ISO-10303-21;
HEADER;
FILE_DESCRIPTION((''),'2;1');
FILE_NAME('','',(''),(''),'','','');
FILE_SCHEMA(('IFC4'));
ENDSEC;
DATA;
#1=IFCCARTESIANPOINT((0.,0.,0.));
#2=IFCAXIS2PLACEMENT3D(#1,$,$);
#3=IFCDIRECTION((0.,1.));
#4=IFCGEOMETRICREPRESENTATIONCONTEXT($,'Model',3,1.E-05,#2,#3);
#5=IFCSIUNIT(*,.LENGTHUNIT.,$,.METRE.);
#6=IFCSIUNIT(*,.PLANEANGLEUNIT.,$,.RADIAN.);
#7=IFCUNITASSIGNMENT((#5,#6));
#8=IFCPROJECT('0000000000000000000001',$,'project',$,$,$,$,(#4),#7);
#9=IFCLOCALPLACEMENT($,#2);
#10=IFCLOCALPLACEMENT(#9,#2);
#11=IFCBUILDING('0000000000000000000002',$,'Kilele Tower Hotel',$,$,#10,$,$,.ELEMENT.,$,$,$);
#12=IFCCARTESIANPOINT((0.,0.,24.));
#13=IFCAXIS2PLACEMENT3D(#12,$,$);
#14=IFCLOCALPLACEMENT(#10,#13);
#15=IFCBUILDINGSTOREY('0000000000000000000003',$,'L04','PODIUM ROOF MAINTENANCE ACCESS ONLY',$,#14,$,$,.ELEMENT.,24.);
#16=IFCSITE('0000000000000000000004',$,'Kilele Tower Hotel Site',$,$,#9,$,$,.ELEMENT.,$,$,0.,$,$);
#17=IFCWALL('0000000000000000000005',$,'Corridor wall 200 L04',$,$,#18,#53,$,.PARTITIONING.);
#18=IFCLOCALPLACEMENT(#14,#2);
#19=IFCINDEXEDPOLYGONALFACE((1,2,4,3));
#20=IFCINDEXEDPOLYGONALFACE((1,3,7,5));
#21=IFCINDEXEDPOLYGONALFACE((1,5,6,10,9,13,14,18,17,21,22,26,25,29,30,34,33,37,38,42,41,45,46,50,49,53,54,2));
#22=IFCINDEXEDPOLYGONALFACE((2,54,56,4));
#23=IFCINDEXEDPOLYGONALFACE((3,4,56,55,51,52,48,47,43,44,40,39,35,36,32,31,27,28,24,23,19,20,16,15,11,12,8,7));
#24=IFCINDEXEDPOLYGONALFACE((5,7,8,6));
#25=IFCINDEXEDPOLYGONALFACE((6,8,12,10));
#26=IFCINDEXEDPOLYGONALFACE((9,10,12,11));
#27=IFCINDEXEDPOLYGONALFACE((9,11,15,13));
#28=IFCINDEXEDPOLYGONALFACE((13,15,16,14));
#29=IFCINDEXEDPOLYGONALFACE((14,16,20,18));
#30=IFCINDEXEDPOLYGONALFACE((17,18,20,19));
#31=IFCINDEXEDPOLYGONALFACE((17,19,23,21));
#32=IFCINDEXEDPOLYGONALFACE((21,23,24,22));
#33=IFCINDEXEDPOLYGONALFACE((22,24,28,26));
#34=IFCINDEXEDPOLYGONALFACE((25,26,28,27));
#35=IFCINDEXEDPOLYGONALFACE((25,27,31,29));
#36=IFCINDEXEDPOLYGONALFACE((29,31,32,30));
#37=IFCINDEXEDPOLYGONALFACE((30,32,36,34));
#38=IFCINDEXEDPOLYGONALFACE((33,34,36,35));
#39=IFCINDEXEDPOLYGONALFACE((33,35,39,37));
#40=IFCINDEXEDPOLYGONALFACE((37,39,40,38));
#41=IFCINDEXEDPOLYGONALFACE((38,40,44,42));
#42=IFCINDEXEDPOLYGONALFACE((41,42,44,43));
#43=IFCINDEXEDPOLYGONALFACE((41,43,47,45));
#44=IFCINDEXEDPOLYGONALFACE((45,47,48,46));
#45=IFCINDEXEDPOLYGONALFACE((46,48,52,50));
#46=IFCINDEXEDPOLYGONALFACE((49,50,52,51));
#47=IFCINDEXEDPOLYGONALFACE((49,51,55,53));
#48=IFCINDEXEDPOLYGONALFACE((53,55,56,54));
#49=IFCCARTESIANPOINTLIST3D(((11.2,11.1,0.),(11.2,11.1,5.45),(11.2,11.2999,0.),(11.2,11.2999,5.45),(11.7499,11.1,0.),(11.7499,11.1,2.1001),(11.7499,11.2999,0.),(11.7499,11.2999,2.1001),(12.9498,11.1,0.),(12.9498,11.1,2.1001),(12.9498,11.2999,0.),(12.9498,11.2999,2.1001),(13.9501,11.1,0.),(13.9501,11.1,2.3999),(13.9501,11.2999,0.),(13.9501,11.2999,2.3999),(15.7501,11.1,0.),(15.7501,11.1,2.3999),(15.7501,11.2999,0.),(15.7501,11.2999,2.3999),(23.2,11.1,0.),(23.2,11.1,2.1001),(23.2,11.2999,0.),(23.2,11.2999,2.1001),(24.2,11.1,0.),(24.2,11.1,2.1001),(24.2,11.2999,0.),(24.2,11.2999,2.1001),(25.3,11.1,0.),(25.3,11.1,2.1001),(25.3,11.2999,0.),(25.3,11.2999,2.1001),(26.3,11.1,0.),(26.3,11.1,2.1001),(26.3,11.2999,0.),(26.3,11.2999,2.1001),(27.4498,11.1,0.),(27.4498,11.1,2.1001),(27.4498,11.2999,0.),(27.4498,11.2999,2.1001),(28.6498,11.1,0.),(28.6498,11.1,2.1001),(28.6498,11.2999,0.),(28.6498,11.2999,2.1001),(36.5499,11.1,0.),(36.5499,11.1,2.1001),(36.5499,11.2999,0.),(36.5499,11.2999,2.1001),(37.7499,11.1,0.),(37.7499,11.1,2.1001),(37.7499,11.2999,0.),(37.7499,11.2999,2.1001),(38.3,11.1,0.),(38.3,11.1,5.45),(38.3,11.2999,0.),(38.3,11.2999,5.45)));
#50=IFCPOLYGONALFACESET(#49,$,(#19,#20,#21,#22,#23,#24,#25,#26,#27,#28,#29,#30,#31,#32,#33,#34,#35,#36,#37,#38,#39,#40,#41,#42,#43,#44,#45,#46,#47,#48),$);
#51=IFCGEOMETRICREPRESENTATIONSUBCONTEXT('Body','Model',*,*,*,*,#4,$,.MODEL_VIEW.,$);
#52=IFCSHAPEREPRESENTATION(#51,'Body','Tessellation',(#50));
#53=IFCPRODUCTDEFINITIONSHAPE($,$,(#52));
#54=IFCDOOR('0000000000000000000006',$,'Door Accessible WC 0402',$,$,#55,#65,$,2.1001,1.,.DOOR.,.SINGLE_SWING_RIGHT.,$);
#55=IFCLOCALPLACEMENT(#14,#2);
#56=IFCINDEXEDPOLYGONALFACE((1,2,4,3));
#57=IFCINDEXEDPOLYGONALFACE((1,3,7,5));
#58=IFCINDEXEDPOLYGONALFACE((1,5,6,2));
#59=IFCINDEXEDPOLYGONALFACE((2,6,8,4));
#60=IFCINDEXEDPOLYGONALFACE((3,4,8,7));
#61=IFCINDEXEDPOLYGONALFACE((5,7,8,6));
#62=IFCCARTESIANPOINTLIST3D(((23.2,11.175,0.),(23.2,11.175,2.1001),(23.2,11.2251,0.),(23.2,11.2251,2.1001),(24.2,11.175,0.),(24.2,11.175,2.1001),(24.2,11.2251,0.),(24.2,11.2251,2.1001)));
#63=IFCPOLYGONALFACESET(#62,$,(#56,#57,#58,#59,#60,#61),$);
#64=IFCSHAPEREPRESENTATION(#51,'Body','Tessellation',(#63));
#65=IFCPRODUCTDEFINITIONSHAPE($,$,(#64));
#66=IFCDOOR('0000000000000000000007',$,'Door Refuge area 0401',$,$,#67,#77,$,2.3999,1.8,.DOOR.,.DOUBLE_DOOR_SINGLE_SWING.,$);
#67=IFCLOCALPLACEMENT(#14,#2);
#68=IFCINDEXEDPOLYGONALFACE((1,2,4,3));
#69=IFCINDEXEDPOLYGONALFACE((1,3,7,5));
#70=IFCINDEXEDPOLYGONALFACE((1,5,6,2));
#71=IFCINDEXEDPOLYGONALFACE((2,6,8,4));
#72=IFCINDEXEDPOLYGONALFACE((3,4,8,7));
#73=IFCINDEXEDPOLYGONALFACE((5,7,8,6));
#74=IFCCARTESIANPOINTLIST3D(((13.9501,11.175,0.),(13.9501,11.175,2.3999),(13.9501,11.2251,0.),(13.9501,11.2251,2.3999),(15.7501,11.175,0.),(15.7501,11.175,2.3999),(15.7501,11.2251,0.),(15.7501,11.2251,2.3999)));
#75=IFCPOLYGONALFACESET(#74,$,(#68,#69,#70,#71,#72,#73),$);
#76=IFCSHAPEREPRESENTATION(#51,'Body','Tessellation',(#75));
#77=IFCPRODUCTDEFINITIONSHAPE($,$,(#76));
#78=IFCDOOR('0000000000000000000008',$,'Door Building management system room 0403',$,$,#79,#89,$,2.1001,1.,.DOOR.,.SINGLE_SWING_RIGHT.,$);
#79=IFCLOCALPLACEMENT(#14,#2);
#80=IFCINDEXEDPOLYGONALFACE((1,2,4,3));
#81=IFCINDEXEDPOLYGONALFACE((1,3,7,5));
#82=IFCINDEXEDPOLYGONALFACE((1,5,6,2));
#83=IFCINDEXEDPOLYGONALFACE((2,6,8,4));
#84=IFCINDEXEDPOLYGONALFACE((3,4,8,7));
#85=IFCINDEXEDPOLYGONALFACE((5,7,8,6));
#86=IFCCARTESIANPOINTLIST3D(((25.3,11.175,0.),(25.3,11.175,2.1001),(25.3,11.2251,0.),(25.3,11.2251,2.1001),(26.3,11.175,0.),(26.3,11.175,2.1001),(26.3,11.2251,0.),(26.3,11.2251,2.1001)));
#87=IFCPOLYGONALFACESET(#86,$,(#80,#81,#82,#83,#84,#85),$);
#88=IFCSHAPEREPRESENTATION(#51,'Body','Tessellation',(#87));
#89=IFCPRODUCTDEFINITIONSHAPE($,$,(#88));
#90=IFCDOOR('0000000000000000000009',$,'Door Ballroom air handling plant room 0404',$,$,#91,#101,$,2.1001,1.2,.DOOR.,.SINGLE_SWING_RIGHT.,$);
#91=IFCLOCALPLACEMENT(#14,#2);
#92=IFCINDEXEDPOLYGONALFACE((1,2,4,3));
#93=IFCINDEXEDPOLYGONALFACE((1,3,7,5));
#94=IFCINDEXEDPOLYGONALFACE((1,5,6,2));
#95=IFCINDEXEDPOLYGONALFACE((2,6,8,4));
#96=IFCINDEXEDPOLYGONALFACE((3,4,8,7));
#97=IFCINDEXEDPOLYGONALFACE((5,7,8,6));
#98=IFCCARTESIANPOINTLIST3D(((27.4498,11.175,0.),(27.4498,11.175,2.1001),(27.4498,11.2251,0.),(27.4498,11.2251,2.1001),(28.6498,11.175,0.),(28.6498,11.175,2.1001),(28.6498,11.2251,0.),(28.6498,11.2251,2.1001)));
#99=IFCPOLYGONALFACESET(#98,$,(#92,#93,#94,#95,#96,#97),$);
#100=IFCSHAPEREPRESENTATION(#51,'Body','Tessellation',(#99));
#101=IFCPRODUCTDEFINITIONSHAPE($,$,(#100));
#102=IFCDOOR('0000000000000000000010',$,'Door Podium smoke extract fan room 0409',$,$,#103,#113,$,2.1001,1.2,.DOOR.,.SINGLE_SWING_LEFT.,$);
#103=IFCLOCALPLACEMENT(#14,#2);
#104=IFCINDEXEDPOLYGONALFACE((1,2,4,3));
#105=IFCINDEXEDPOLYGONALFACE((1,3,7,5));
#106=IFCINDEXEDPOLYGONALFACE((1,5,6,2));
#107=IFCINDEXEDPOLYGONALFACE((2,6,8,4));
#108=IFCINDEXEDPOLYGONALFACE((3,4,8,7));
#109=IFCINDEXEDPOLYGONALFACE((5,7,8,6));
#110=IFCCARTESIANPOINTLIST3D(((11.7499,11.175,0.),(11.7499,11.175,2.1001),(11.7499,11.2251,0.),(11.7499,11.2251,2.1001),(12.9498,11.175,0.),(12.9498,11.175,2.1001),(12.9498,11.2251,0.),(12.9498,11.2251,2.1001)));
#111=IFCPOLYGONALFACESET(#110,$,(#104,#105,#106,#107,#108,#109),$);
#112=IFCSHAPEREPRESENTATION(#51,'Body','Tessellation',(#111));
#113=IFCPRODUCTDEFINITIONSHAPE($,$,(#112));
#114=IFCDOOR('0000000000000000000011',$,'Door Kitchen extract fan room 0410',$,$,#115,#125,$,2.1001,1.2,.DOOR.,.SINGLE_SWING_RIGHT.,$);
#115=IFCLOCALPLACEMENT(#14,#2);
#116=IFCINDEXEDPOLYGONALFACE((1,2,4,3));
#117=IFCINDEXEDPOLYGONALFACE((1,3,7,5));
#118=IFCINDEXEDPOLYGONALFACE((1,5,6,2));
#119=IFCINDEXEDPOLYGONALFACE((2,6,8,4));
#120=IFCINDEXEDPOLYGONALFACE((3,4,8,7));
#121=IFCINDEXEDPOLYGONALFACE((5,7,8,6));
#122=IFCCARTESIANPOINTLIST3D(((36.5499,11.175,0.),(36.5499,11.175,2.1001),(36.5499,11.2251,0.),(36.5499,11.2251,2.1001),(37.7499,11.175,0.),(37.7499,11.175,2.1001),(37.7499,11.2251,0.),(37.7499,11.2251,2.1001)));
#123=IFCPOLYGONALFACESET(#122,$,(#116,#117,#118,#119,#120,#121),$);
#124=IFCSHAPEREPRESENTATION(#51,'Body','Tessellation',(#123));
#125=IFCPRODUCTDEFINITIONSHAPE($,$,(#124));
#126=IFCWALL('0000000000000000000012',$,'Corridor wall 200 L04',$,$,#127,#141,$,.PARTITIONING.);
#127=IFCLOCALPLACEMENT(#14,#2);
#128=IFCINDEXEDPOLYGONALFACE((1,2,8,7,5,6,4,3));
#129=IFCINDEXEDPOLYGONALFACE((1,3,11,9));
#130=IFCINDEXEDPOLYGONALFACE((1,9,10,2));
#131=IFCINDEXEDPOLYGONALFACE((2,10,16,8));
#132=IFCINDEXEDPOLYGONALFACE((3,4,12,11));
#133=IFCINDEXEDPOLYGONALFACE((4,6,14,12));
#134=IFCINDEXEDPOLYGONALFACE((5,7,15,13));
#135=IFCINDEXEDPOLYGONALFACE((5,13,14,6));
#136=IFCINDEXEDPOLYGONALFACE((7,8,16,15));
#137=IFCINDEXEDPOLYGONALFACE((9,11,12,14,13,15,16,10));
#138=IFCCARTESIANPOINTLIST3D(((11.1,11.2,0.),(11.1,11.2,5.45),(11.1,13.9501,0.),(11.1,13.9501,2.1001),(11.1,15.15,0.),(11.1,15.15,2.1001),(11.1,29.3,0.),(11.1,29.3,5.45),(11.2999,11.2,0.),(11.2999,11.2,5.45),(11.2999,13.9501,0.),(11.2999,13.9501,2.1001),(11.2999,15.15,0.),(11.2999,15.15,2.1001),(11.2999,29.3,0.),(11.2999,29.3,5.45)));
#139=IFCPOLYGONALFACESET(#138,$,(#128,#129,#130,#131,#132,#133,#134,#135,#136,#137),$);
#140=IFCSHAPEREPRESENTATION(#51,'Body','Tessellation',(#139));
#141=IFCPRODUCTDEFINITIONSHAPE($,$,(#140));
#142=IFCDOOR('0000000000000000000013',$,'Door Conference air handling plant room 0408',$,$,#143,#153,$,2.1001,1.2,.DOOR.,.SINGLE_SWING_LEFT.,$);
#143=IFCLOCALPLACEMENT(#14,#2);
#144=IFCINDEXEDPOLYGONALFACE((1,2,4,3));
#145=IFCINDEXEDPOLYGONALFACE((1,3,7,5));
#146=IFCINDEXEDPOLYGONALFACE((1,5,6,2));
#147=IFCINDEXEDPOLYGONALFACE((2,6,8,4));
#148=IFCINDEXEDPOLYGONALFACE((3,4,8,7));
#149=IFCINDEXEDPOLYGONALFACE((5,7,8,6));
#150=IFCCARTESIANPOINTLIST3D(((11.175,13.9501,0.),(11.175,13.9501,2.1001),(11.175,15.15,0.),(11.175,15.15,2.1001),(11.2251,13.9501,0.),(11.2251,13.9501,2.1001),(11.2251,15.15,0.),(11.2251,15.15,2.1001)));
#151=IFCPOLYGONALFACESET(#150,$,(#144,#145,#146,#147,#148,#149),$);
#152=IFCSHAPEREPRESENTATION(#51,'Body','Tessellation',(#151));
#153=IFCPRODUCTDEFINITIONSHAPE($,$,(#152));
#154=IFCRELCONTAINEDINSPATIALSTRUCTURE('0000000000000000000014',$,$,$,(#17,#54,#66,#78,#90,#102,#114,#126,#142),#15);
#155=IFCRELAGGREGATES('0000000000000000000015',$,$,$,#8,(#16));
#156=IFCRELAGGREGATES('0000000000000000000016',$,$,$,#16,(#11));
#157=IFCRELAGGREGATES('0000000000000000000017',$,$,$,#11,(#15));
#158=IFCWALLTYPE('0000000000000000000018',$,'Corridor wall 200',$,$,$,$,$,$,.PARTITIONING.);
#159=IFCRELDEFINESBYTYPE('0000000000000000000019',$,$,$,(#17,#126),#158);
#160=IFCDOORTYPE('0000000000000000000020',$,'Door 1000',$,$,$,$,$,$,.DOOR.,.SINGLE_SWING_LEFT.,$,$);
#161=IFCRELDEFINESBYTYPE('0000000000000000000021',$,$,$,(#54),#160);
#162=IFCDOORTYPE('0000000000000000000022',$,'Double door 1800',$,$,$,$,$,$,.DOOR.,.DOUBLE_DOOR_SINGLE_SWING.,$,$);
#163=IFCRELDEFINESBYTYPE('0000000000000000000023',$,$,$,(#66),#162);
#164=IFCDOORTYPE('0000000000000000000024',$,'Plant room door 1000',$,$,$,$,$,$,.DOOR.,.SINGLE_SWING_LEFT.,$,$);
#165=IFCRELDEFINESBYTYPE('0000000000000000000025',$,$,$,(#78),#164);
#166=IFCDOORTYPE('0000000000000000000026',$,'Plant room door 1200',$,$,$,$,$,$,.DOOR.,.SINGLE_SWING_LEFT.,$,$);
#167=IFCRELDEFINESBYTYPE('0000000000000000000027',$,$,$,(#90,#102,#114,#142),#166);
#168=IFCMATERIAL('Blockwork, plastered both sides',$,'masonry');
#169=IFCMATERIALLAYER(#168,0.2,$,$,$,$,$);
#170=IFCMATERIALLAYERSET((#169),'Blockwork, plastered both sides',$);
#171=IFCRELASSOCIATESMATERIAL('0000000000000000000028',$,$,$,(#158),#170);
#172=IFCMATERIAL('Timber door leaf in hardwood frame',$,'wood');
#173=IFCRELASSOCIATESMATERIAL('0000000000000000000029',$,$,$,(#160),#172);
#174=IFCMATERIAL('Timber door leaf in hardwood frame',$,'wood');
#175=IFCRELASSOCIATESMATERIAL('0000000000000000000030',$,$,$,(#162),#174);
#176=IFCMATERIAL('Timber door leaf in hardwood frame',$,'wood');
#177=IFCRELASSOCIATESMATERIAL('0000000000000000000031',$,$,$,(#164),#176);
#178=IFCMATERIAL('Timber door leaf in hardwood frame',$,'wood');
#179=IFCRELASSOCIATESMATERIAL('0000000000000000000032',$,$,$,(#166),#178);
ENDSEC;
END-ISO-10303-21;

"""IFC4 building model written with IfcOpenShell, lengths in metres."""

from ifc_helpers import new_model, si_unit, direction, frame, frame_2d, origin, place, context, subcontext, project, spatial, rectangle, extrude, material, layer, layer_set, type_object, element, fill, save


model = new_model("IFC4")

# Units and contexts
model_context = context("Model", 3, precision=1e-05, world=origin(), true_north=direction((0.0, 1.0)))
body_context = subcontext(model_context, "Body", "Model", "MODEL_VIEW")
ifc_project = project(units=[si_unit("LENGTHUNIT", "METRE"), si_unit("PLANEANGLEUNIT", "RADIAN")], contexts=[model_context])

# Site, building, storey
site_placement = place(None, origin())
site = spatial("IfcSite", under=ifc_project, at=site_placement, Name="Kilele Tower Hotel Site", CompositionType="ELEMENT", RefElevation=0.0)
building_placement = place(site_placement, origin())
building = spatial("IfcBuilding", under=site, at=building_placement, Name="Kilele Tower Hotel", CompositionType="ELEMENT")
storey_placement = place(building_placement, frame((0.0, 0.0, 24.0)))
storey = spatial("IfcBuildingStorey", under=building, at=storey_placement, Name="L04", Description="PODIUM ROOF MAINTENANCE ACCESS ONLY", CompositionType="ELEMENT", Elevation=24.0)

# Wall, openings, doors
ifc_material_1 = material(Name="Blockwork, plastered both sides", Category="masonry")
ifc_layer_1 = layer(ifc_material_1, 0.2)
ifc_layer_set_1 = layer_set([ifc_layer_1], Name="Blockwork, plastered both sides")
wall_type_1 = type_object("IfcWallType", Name="Corridor wall 200", PredefinedType="PARTITIONING", material=ifc_layer_set_1)
wall_1_placement = place(storey_placement, frame((11.2, 11.2, 0.0), z_axis=(0.0, 0.0, 1.0), x_axis=(1.0, 0.0, 0.0)))
wall_1 = element("IfcWall", 1, at=wall_1_placement, inside=storey, type_object=wall_type_1, Name="Corridor wall 200 L04", PredefinedType="PARTITIONING", context=body_context, shape_type="SweptSolid", body=[
    extrude(rectangle(XDim=27.1001, YDim=0.2, at=frame_2d((13.55, 0.0))), origin(), (0.0, 0.0, 1.0), 5.45),
])
opening_1_placement = place(wall_1_placement, frame((4.55, 0.0, 0.0), z_axis=(0.0, 0.0, 1.0), x_axis=(-1.0, 0.0, 0.0)))
opening_1 = element("IfcOpeningElement", 2, at=opening_1_placement, cuts=wall_1, PredefinedType="OPENING", context=body_context, shape_type="SweptSolid", body=[
    extrude(rectangle(XDim=1.8, YDim=2.3999, at=frame_2d((0.8999, 1.2))), frame((0.0, 0.1099, 0.0), z_axis=(0.0, -1.0, 0.0), x_axis=(1.0, 0.0, 0.0)), (0.0, 0.0, 1.0), 0.22),
])
opening_2_placement = place(wall_1_placement, frame((13.0, 0.0, 0.0), z_axis=(0.0, 0.0, 1.0), x_axis=(-1.0, 0.0, 0.0)))
opening_2 = element("IfcOpeningElement", 3, at=opening_2_placement, cuts=wall_1, PredefinedType="OPENING", context=body_context, shape_type="SweptSolid", body=[
    extrude(rectangle(XDim=1.0, YDim=2.1001, at=frame_2d((0.5, 1.05))), frame((0.0, 0.1099, 0.0), z_axis=(0.0, -1.0, 0.0), x_axis=(1.0, 0.0, 0.0)), (0.0, 0.0, 1.0), 0.22),
])
opening_3_placement = place(wall_1_placement, frame((15.1001, 0.0, 0.0), z_axis=(0.0, 0.0, 1.0), x_axis=(-1.0, 0.0, 0.0)))
opening_3 = element("IfcOpeningElement", 4, at=opening_3_placement, cuts=wall_1, PredefinedType="OPENING", context=body_context, shape_type="SweptSolid", body=[
    extrude(rectangle(XDim=1.0, YDim=2.1001, at=frame_2d((0.5, 1.05))), frame((0.0, 0.1099, 0.0), z_axis=(0.0, -1.0, 0.0), x_axis=(1.0, 0.0, 0.0)), (0.0, 0.0, 1.0), 0.22),
])
opening_4_placement = place(wall_1_placement, frame((17.45, 0.0, 0.0), z_axis=(0.0, 0.0, 1.0), x_axis=(-1.0, 0.0, 0.0)))
opening_4 = element("IfcOpeningElement", 5, at=opening_4_placement, cuts=wall_1, PredefinedType="OPENING", context=body_context, shape_type="SweptSolid", body=[
    extrude(rectangle(XDim=1.2, YDim=2.1001, at=frame_2d((0.6001, 1.05))), frame((0.0, 0.1099, 0.0), z_axis=(0.0, -1.0, 0.0), x_axis=(1.0, 0.0, 0.0)), (0.0, 0.0, 1.0), 0.22),
])
opening_5_placement = place(wall_1_placement, frame((1.75, 0.0, 0.0), z_axis=(0.0, 0.0, 1.0), x_axis=(-1.0, 0.0, 0.0)))
opening_5 = element("IfcOpeningElement", 6, at=opening_5_placement, cuts=wall_1, PredefinedType="OPENING", context=body_context, shape_type="SweptSolid", body=[
    extrude(rectangle(XDim=1.2, YDim=2.1001, at=frame_2d((0.6001, 1.05))), frame((0.0, 0.1099, 0.0), z_axis=(0.0, -1.0, 0.0), x_axis=(1.0, 0.0, 0.0)), (0.0, 0.0, 1.0), 0.22),
])
opening_6_placement = place(wall_1_placement, frame((26.55, 0.0, 0.0), z_axis=(0.0, 0.0, 1.0), x_axis=(-1.0, 0.0, 0.0)))
opening_6 = element("IfcOpeningElement", 7, at=opening_6_placement, cuts=wall_1, PredefinedType="OPENING", context=body_context, shape_type="SweptSolid", body=[
    extrude(rectangle(XDim=1.2, YDim=2.1001, at=frame_2d((0.6001, 1.05))), frame((0.0, 0.1099, 0.0), z_axis=(0.0, -1.0, 0.0), x_axis=(1.0, 0.0, 0.0)), (0.0, 0.0, 1.0), 0.22),
])
ifc_material_2 = material(Name="Timber door leaf in hardwood frame", Category="wood")
door_type_1 = type_object("IfcDoorType", Name="Door 1000", OperationType="SINGLE_SWING_LEFT", PredefinedType="DOOR", material=ifc_material_2)
door_1_placement = place(opening_2_placement, origin())
door_1 = element("IfcDoor", 8, at=door_1_placement, inside=storey, type_object=door_type_1, Name="Door Accessible WC 0402", OperationType="SINGLE_SWING_RIGHT", OverallHeight=2.1001, OverallWidth=1.0, PredefinedType="DOOR", context=body_context, shape_type="SweptSolid", body=[
    extrude(rectangle(XDim=1.0, YDim=2.1001, at=frame_2d((0.5, 1.05))), frame((0.0, 0.0249, 0.0), z_axis=(0.0, -1.0, 0.0), x_axis=(1.0, 0.0, 0.0)), (0.0, 0.0, 1.0), 0.05),
])
fill(opening_2, door_1)
ifc_material_3 = material(Name="Timber door leaf in hardwood frame", Category="wood")
door_type_2 = type_object("IfcDoorType", Name="Double door 1800", OperationType="DOUBLE_DOOR_SINGLE_SWING", PredefinedType="DOOR", material=ifc_material_3)
door_2_placement = place(opening_1_placement, origin())
door_2 = element("IfcDoor", 9, at=door_2_placement, inside=storey, type_object=door_type_2, Name="Door Refuge area 0401", OperationType="DOUBLE_DOOR_SINGLE_SWING", OverallHeight=2.3999, OverallWidth=1.8, PredefinedType="DOOR", context=body_context, shape_type="SweptSolid", body=[
    extrude(rectangle(XDim=1.8, YDim=2.3999, at=frame_2d((0.8999, 1.2))), frame((0.0, 0.0249, 0.0), z_axis=(0.0, -1.0, 0.0), x_axis=(1.0, 0.0, 0.0)), (0.0, 0.0, 1.0), 0.05),
])
fill(opening_1, door_2)
ifc_material_4 = material(Name="Timber door leaf in hardwood frame", Category="wood")
door_type_3 = type_object("IfcDoorType", Name="Plant room door 1000", OperationType="SINGLE_SWING_LEFT", PredefinedType="DOOR", material=ifc_material_4)
door_3_placement = place(opening_3_placement, origin())
door_3 = element("IfcDoor", 10, at=door_3_placement, inside=storey, type_object=door_type_3, Name="Door Building management system room 0403", OperationType="SINGLE_SWING_RIGHT", OverallHeight=2.1001, OverallWidth=1.0, PredefinedType="DOOR", context=body_context, shape_type="SweptSolid", body=[
    extrude(rectangle(XDim=1.0, YDim=2.1001, at=frame_2d((0.5, 1.05))), frame((0.0, 0.0249, 0.0), z_axis=(0.0, -1.0, 0.0), x_axis=(1.0, 0.0, 0.0)), (0.0, 0.0, 1.0), 0.05),
])
fill(opening_3, door_3)
ifc_material_5 = material(Name="Timber door leaf in hardwood frame", Category="wood")
door_type_4 = type_object("IfcDoorType", Name="Plant room door 1200", OperationType="SINGLE_SWING_LEFT", PredefinedType="DOOR", material=ifc_material_5)
door_4_placement = place(opening_4_placement, origin())
door_4 = element("IfcDoor", 11, at=door_4_placement, inside=storey, type_object=door_type_4, Name="Door Ballroom air handling plant room 0404", OperationType="SINGLE_SWING_RIGHT", OverallHeight=2.1001, OverallWidth=1.2, PredefinedType="DOOR", context=body_context, shape_type="SweptSolid", body=[
    extrude(rectangle(XDim=1.2, YDim=2.1001, at=frame_2d((0.6001, 1.05))), frame((0.0, 0.0249, 0.0), z_axis=(0.0, -1.0, 0.0), x_axis=(1.0, 0.0, 0.0)), (0.0, 0.0, 1.0), 0.05),
])
fill(opening_4, door_4)
door_5_placement = place(opening_5_placement, origin())
door_5 = element("IfcDoor", 12, at=door_5_placement, inside=storey, type_object=door_type_4, Name="Door Podium smoke extract fan room 0409", OperationType="SINGLE_SWING_LEFT", OverallHeight=2.1001, OverallWidth=1.2, PredefinedType="DOOR", context=body_context, shape_type="SweptSolid", body=[
    extrude(rectangle(XDim=1.2, YDim=2.1001, at=frame_2d((0.6001, 1.05))), frame((0.0, 0.0249, 0.0), z_axis=(0.0, -1.0, 0.0), x_axis=(1.0, 0.0, 0.0)), (0.0, 0.0, 1.0), 0.05),
])
fill(opening_5, door_5)
door_6_placement = place(opening_6_placement, origin())
door_6 = element("IfcDoor", 13, at=door_6_placement, inside=storey, type_object=door_type_4, Name="Door Kitchen extract fan room 0410", OperationType="SINGLE_SWING_RIGHT", OverallHeight=2.1001, OverallWidth=1.2, PredefinedType="DOOR", context=body_context, shape_type="SweptSolid", body=[
    extrude(rectangle(XDim=1.2, YDim=2.1001, at=frame_2d((0.6001, 1.05))), frame((0.0, 0.0249, 0.0), z_axis=(0.0, -1.0, 0.0), x_axis=(1.0, 0.0, 0.0)), (0.0, 0.0, 1.0), 0.05),
])
fill(opening_6, door_6)

# Wall, opening, door
wall_2_placement = place(storey_placement, frame((11.2, 11.2, 0.0), z_axis=(0.0, 0.0, 1.0), x_axis=(0.0, 1.0, 0.0)))
wall_2 = element("IfcWall", 14, at=wall_2_placement, inside=storey, type_object=wall_type_1, Name="Corridor wall 200 L04", PredefinedType="PARTITIONING", context=body_context, shape_type="SweptSolid", body=[
    extrude(rectangle(XDim=18.1001, YDim=0.2, at=frame_2d((9.05, 0.0))), origin(), (0.0, 0.0, 1.0), 5.45),
])
opening_7_placement = place(wall_2_placement, frame((2.75, 0.0, 0.0)))
opening_7 = element("IfcOpeningElement", 15, at=opening_7_placement, cuts=wall_2, PredefinedType="OPENING", context=body_context, shape_type="SweptSolid", body=[
    extrude(rectangle(XDim=1.2, YDim=2.1001, at=frame_2d((0.6001, 1.05))), frame((0.0, 0.1099, 0.0), z_axis=(0.0, -1.0, 0.0), x_axis=(1.0, 0.0, 0.0)), (0.0, 0.0, 1.0), 0.22),
])
door_7_placement = place(opening_7_placement, origin())
door_7 = element("IfcDoor", 16, at=door_7_placement, inside=storey, type_object=door_type_4, Name="Door Conference air handling plant room 0408", OperationType="SINGLE_SWING_LEFT", OverallHeight=2.1001, OverallWidth=1.2, PredefinedType="DOOR", context=body_context, shape_type="SweptSolid", body=[
    extrude(rectangle(XDim=1.2, YDim=2.1001, at=frame_2d((0.6001, 1.05))), frame((0.0, 0.0249, 0.0), z_axis=(0.0, -1.0, 0.0), x_axis=(1.0, 0.0, 0.0)), (0.0, 0.0, 1.0), 0.05),
])
fill(opening_7, door_7)

save(model, "model.ifc")
